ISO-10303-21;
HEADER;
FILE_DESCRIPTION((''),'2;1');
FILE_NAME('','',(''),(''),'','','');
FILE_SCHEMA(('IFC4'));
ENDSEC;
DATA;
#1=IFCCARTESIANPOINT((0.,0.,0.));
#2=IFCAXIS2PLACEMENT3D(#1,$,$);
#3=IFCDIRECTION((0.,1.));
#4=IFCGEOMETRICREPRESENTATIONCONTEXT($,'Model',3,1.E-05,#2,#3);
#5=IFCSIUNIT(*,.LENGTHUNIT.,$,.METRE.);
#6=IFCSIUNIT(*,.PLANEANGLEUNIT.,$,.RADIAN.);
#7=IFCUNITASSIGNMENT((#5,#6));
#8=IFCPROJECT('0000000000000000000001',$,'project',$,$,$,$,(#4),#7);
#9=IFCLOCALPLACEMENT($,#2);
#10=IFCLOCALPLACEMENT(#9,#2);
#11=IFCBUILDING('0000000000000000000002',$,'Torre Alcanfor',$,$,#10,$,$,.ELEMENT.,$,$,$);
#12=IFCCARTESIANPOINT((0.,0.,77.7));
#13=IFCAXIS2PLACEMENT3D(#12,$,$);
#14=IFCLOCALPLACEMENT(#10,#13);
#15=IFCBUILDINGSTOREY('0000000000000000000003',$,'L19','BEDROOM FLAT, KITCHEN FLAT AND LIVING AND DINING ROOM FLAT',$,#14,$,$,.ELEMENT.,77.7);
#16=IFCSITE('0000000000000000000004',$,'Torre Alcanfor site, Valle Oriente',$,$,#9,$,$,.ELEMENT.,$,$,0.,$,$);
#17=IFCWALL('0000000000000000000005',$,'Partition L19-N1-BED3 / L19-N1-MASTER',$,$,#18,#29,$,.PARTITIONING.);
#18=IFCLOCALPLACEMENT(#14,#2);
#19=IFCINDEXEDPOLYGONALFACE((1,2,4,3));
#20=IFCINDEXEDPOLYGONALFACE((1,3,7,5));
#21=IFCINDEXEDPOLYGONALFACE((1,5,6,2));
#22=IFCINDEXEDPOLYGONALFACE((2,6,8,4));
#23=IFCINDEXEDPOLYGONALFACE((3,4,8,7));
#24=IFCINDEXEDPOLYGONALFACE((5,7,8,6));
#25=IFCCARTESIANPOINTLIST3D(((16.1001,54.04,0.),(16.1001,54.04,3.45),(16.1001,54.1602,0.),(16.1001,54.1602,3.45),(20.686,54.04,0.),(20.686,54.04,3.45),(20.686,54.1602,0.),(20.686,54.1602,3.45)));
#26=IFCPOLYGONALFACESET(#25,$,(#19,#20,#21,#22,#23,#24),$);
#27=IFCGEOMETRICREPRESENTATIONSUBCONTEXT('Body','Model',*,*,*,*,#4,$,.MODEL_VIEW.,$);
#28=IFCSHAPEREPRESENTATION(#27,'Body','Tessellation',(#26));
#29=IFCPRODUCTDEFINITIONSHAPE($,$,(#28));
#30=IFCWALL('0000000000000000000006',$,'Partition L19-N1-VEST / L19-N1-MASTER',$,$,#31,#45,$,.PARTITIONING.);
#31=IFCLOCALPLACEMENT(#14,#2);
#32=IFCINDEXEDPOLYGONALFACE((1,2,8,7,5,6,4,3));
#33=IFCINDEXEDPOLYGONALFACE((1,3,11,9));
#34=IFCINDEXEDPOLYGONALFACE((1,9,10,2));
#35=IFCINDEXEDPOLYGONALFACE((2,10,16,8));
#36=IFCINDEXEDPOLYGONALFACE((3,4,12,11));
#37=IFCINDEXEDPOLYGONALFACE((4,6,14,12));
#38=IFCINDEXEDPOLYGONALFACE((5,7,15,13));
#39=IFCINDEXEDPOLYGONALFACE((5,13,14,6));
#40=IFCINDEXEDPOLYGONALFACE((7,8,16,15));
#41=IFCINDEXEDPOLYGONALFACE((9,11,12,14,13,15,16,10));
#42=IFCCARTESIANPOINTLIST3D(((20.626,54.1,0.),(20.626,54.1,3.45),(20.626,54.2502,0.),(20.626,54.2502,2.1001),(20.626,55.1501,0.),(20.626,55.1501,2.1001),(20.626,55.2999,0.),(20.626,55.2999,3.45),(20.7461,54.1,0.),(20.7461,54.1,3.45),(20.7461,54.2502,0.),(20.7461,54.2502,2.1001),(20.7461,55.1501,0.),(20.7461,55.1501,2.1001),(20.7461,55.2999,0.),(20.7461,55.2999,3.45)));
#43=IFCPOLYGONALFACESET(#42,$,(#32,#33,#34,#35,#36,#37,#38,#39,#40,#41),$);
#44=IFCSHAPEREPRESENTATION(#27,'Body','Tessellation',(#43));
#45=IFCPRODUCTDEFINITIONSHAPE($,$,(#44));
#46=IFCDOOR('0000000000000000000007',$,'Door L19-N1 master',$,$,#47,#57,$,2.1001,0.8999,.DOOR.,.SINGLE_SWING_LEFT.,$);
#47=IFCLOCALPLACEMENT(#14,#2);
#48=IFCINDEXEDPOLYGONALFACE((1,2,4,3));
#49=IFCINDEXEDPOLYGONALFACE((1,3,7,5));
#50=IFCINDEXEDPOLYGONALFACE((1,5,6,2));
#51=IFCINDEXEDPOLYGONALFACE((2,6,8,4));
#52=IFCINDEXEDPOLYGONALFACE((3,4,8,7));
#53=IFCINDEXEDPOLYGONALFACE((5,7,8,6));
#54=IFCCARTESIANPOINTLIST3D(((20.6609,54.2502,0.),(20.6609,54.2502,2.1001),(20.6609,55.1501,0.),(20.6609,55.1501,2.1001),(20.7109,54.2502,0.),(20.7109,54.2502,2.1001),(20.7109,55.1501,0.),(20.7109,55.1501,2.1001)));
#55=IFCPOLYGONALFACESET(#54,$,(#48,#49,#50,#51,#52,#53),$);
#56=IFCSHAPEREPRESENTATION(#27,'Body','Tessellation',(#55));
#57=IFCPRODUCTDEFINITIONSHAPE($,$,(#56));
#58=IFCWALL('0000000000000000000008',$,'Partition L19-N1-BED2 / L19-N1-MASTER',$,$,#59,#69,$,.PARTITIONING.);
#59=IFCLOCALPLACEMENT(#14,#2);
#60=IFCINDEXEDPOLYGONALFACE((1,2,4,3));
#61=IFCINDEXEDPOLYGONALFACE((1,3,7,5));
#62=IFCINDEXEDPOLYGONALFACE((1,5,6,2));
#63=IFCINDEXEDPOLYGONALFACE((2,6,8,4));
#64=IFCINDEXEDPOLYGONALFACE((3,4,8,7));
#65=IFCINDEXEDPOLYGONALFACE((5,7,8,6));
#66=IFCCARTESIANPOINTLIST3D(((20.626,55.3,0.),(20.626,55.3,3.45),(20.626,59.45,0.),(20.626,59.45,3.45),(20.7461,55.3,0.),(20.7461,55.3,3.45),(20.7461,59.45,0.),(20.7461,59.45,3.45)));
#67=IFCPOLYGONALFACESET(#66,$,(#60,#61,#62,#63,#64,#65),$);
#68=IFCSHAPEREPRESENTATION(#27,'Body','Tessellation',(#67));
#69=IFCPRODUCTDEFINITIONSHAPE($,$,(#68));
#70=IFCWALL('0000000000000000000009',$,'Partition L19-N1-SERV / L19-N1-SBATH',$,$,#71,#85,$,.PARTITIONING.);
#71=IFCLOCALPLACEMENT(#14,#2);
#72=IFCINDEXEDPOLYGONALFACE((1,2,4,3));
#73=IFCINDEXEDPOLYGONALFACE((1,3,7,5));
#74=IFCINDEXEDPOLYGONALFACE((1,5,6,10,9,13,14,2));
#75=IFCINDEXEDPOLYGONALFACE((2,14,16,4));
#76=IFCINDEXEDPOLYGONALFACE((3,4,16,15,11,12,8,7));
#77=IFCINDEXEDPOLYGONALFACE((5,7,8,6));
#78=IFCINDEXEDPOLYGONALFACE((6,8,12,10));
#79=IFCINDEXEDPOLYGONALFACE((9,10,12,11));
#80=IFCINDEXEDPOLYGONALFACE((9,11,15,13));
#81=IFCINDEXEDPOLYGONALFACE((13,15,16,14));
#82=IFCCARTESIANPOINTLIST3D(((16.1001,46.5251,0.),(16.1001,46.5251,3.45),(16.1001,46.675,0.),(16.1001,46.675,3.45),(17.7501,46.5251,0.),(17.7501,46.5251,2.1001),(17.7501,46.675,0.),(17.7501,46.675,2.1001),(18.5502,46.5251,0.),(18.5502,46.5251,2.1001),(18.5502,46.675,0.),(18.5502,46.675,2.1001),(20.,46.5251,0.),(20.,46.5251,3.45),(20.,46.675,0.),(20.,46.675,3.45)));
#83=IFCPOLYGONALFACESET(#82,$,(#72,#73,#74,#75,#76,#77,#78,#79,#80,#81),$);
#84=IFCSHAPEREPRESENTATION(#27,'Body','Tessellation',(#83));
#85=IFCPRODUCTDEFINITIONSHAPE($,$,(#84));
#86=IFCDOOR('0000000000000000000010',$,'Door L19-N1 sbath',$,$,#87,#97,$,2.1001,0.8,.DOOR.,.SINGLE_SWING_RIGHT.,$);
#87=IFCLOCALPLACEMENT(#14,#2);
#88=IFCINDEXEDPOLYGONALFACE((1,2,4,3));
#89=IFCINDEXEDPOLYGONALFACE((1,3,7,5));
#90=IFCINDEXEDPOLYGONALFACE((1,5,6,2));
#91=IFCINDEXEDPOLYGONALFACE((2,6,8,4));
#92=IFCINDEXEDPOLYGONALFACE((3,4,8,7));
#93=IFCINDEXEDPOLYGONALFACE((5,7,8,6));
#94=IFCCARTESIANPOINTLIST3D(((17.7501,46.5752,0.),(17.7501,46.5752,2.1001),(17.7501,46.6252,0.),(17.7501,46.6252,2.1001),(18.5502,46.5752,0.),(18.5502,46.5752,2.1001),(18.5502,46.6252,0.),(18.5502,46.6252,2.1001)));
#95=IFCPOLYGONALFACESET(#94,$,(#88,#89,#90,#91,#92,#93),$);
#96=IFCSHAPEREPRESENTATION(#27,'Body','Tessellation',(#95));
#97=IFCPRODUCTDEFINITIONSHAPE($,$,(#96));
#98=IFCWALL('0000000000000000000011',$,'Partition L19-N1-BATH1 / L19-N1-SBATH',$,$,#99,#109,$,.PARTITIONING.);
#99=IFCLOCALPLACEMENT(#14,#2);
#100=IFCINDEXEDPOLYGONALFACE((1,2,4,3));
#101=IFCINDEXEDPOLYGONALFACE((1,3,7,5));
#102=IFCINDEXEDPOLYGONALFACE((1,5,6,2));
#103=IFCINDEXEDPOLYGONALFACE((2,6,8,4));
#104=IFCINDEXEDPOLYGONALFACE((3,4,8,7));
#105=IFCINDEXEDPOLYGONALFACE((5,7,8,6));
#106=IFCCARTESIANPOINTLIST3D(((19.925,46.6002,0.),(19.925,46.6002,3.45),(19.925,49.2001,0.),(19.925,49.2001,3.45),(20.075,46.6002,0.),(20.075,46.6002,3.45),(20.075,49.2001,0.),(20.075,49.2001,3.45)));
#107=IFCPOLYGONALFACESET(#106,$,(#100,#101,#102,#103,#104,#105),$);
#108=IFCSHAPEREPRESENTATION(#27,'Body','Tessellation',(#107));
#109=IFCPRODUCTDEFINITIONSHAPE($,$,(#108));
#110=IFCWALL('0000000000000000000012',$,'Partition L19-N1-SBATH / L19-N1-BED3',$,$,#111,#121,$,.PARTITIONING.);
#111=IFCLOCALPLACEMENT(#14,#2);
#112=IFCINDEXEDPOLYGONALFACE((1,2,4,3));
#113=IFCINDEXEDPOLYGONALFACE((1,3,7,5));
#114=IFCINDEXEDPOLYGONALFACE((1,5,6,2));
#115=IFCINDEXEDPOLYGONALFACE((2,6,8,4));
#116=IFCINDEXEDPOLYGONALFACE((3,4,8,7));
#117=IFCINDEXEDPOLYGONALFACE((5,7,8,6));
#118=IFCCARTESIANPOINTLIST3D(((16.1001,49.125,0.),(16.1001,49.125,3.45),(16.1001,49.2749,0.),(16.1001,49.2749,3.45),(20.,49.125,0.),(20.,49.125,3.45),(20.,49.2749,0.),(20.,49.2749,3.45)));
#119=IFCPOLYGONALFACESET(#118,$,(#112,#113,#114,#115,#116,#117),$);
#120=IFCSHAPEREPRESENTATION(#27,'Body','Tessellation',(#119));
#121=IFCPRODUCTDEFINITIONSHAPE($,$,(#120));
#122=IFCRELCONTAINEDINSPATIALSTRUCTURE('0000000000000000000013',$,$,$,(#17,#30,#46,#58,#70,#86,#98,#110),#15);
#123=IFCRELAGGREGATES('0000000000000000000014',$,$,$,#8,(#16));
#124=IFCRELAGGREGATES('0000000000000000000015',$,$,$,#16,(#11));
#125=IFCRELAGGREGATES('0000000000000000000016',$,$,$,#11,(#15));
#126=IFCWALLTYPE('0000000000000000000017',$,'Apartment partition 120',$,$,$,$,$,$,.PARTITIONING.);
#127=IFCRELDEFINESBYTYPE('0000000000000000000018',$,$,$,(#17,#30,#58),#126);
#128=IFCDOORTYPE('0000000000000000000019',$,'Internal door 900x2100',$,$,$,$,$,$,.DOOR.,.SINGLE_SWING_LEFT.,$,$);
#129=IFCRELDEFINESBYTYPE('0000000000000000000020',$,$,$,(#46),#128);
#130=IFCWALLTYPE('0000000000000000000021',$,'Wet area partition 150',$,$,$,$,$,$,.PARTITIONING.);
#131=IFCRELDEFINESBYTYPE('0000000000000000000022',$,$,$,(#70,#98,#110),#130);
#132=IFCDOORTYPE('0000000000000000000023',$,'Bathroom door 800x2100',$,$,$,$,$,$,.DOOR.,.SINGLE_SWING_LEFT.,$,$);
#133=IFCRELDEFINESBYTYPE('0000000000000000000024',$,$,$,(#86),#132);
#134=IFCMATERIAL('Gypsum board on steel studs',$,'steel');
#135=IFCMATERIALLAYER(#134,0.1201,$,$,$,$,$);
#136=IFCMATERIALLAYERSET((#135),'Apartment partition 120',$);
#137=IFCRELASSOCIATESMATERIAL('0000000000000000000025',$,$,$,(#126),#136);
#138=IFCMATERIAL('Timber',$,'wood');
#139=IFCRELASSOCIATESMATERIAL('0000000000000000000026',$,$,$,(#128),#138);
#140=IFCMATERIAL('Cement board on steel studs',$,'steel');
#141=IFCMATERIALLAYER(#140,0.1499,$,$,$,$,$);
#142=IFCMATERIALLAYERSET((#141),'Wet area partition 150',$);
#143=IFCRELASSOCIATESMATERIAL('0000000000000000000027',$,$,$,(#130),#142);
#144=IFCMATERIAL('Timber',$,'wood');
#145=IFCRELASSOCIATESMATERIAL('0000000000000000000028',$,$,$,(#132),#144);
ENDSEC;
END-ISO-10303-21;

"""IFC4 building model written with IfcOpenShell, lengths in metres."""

from ifc_helpers import new_model, si_unit, direction, frame, frame_2d, origin, place, context, subcontext, project, spatial, rectangle, extrude, material, layer, layer_set, type_object, element, fill, save


model = new_model("IFC4")

# Units and contexts
model_context = context("Model", 3, precision=1e-05, world=origin(), true_north=direction((0.0, 1.0)))
body_context = subcontext(model_context, "Body", "Model", "MODEL_VIEW")
ifc_project = project(units=[si_unit("LENGTHUNIT", "METRE"), si_unit("PLANEANGLEUNIT", "RADIAN")], contexts=[model_context])

# Site, building, storey
site_placement = place(None, origin())
site = spatial("IfcSite", under=ifc_project, at=site_placement, Name="Torre Alcanfor site, Valle Oriente", CompositionType="ELEMENT", RefElevation=0.0)
building_placement = place(site_placement, origin())
building = spatial("IfcBuilding", under=site, at=building_placement, Name="Torre Alcanfor", CompositionType="ELEMENT")
storey_placement = place(building_placement, frame((0.0, 0.0, 77.7)))
storey = spatial("IfcBuildingStorey", under=building, at=storey_placement, Name="L19", Description="BEDROOM FLAT, KITCHEN FLAT AND LIVING AND DINING ROOM FLAT", CompositionType="ELEMENT", Elevation=77.7)

# Wall
ifc_material_1 = material(Name="Gypsum board on steel studs", Category="steel")
ifc_layer_1 = layer(ifc_material_1, 0.1201)
ifc_layer_set_1 = layer_set([ifc_layer_1], Name="Apartment partition 120")
wall_type_1 = type_object("IfcWallType", Name="Apartment partition 120", PredefinedType="PARTITIONING", material=ifc_layer_set_1)
wall_1_placement = place(storey_placement, frame((20.686, 54.1001, 0.0), z_axis=(0.0, 0.0, 1.0), x_axis=(-1.0, 0.0, 0.0)))
element("IfcWall", 1, at=wall_1_placement, inside=storey, type_object=wall_type_1, Name="Partition L19-N1-BED3 / L19-N1-MASTER", PredefinedType="PARTITIONING", context=body_context, shape_type="SweptSolid", body=[
    extrude(rectangle(XDim=4.5859, YDim=0.1201, at=frame_2d((2.293, 0.0))), origin(), (0.0, 0.0, 1.0), 3.45),
])

# Wall, opening, door
wall_2_placement = place(storey_placement, frame((20.686, 55.3, 0.0), z_axis=(0.0, 0.0, 1.0), x_axis=(0.0, -1.0, 0.0)))
wall_2 = element("IfcWall", 2, at=wall_2_placement, inside=storey, type_object=wall_type_1, Name="Partition L19-N1-VEST / L19-N1-MASTER", PredefinedType="PARTITIONING", context=body_context, shape_type="SweptSolid", body=[
    extrude(rectangle(XDim=1.2, YDim=0.1201, at=frame_2d((0.6001, 0.0))), origin(), (0.0, 0.0, 1.0), 3.45),
])
opening_1_placement = place(wall_2_placement, frame((0.1499, 0.0, 0.0)))
opening_1 = element("IfcOpeningElement", 3, at=opening_1_placement, cuts=wall_2, PredefinedType="OPENING", context=body_context, shape_type="SweptSolid", body=[
    extrude(rectangle(XDim=0.8999, YDim=2.1001, at=frame_2d((0.45, 1.05))), frame((0.0, 0.0701, 0.0), z_axis=(0.0, -1.0, 0.0), x_axis=(1.0, 0.0, 0.0)), (0.0, 0.0, 1.0), 0.1401),
])
ifc_material_2 = material(Name="Timber", Category="wood")
door_type_1 = type_object("IfcDoorType", Name="Internal door 900x2100", OperationType="SINGLE_SWING_LEFT", PredefinedType="DOOR", material=ifc_material_2)
door_1_placement = place(opening_1_placement, origin())
door_1 = element("IfcDoor", 4, at=door_1_placement, inside=storey, type_object=door_type_1, Name="Door L19-N1 master", OperationType="SINGLE_SWING_LEFT", OverallHeight=2.1001, OverallWidth=0.8999, PredefinedType="DOOR", context=body_context, shape_type="SweptSolid", body=[
    extrude(rectangle(XDim=0.8999, YDim=2.1001, at=frame_2d((0.45, 1.05))), frame((0.0, 0.0249, 0.0), z_axis=(0.0, -1.0, 0.0), x_axis=(1.0, 0.0, 0.0)), (0.0, 0.0, 1.0), 0.05),
])
fill(opening_1, door_1)

# Wall
wall_3_placement = place(storey_placement, frame((20.686, 59.45, 0.0), z_axis=(0.0, 0.0, 1.0), x_axis=(0.0, -1.0, 0.0)))
element("IfcWall", 5, at=wall_3_placement, inside=storey, type_object=wall_type_1, Name="Partition L19-N1-BED2 / L19-N1-MASTER", PredefinedType="PARTITIONING", context=body_context, shape_type="SweptSolid", body=[
    extrude(rectangle(XDim=4.1499, YDim=0.1201, at=frame_2d((2.075, 0.0))), origin(), (0.0, 0.0, 1.0), 3.45),
])

# Wall, opening, door
ifc_material_3 = material(Name="Cement board on steel studs", Category="steel")
ifc_layer_2 = layer(ifc_material_3, 0.1499)
ifc_layer_set_2 = layer_set([ifc_layer_2], Name="Wet area partition 150")
wall_type_2 = type_object("IfcWallType", Name="Wet area partition 150", PredefinedType="PARTITIONING", material=ifc_layer_set_2)
wall_4_placement = place(storey_placement, frame((20.0, 46.6001, 0.0), z_axis=(0.0, 0.0, 1.0), x_axis=(-1.0, 0.0, 0.0)))
wall_4 = element("IfcWall", 6, at=wall_4_placement, inside=storey, type_object=wall_type_2, Name="Partition L19-N1-SERV / L19-N1-SBATH", PredefinedType="PARTITIONING", context=body_context, shape_type="SweptSolid", body=[
    extrude(rectangle(XDim=3.8999, YDim=0.1499, at=frame_2d((1.95, 0.0))), origin(), (0.0, 0.0, 1.0), 3.45),
])
opening_2_placement = place(wall_4_placement, frame((1.45, 0.0, 0.0)))
opening_2 = element("IfcOpeningElement", 7, at=opening_2_placement, cuts=wall_4, PredefinedType="OPENING", context=body_context, shape_type="SweptSolid", body=[
    extrude(rectangle(XDim=0.8, YDim=2.1001, at=frame_2d((0.3999, 1.05))), frame((0.0, 0.085, 0.0), z_axis=(0.0, -1.0, 0.0), x_axis=(1.0, 0.0, 0.0)), (0.0, 0.0, 1.0), 0.1699),
])
ifc_material_4 = material(Name="Timber", Category="wood")
door_type_2 = type_object("IfcDoorType", Name="Bathroom door 800x2100", OperationType="SINGLE_SWING_LEFT", PredefinedType="DOOR", material=ifc_material_4)
door_2_placement = place(opening_2_placement, frame((0.8, 0.0, 0.0), z_axis=(0.0, 0.0, 1.0), x_axis=(-1.0, 0.0, 0.0)))
door_2 = element("IfcDoor", 8, at=door_2_placement, inside=storey, type_object=door_type_2, Name="Door L19-N1 sbath", OperationType="SINGLE_SWING_RIGHT", OverallHeight=2.1001, OverallWidth=0.8, PredefinedType="DOOR", context=body_context, shape_type="SweptSolid", body=[
    extrude(rectangle(XDim=0.8, YDim=2.1001, at=frame_2d((0.4001, 1.05))), frame((0.0, 0.0251, 0.0), z_axis=(0.0, -1.0, 0.0), x_axis=(1.0, 0.0, 0.0)), (0.0, 0.0, 1.0), 0.05),
])
fill(opening_2, door_2)

# Walls
wall_5_placement = place(storey_placement, frame((20.0, 49.2, 0.0), z_axis=(0.0, 0.0, 1.0), x_axis=(0.0, -1.0, 0.0)))
element("IfcWall", 9, at=wall_5_placement, inside=storey, type_object=wall_type_2, Name="Partition L19-N1-BATH1 / L19-N1-SBATH", PredefinedType="PARTITIONING", context=body_context, shape_type="SweptSolid", body=[
    extrude(rectangle(XDim=2.5999, YDim=0.1499, at=frame_2d((1.2998, 0.0))), origin(), (0.0, 0.0, 1.0), 3.45),
])
wall_6_placement = place(storey_placement, frame((20.0, 49.2, 0.0), z_axis=(0.0, 0.0, 1.0), x_axis=(-1.0, 0.0, 0.0)))
element("IfcWall", 10, at=wall_6_placement, inside=storey, type_object=wall_type_2, Name="Partition L19-N1-SBATH / L19-N1-BED3", PredefinedType="PARTITIONING", context=body_context, shape_type="SweptSolid", body=[
    extrude(rectangle(XDim=3.8999, YDim=0.1499, at=frame_2d((1.95, 0.0))), origin(), (0.0, 0.0, 1.0), 3.45),
])

save(model, "model.ifc")
